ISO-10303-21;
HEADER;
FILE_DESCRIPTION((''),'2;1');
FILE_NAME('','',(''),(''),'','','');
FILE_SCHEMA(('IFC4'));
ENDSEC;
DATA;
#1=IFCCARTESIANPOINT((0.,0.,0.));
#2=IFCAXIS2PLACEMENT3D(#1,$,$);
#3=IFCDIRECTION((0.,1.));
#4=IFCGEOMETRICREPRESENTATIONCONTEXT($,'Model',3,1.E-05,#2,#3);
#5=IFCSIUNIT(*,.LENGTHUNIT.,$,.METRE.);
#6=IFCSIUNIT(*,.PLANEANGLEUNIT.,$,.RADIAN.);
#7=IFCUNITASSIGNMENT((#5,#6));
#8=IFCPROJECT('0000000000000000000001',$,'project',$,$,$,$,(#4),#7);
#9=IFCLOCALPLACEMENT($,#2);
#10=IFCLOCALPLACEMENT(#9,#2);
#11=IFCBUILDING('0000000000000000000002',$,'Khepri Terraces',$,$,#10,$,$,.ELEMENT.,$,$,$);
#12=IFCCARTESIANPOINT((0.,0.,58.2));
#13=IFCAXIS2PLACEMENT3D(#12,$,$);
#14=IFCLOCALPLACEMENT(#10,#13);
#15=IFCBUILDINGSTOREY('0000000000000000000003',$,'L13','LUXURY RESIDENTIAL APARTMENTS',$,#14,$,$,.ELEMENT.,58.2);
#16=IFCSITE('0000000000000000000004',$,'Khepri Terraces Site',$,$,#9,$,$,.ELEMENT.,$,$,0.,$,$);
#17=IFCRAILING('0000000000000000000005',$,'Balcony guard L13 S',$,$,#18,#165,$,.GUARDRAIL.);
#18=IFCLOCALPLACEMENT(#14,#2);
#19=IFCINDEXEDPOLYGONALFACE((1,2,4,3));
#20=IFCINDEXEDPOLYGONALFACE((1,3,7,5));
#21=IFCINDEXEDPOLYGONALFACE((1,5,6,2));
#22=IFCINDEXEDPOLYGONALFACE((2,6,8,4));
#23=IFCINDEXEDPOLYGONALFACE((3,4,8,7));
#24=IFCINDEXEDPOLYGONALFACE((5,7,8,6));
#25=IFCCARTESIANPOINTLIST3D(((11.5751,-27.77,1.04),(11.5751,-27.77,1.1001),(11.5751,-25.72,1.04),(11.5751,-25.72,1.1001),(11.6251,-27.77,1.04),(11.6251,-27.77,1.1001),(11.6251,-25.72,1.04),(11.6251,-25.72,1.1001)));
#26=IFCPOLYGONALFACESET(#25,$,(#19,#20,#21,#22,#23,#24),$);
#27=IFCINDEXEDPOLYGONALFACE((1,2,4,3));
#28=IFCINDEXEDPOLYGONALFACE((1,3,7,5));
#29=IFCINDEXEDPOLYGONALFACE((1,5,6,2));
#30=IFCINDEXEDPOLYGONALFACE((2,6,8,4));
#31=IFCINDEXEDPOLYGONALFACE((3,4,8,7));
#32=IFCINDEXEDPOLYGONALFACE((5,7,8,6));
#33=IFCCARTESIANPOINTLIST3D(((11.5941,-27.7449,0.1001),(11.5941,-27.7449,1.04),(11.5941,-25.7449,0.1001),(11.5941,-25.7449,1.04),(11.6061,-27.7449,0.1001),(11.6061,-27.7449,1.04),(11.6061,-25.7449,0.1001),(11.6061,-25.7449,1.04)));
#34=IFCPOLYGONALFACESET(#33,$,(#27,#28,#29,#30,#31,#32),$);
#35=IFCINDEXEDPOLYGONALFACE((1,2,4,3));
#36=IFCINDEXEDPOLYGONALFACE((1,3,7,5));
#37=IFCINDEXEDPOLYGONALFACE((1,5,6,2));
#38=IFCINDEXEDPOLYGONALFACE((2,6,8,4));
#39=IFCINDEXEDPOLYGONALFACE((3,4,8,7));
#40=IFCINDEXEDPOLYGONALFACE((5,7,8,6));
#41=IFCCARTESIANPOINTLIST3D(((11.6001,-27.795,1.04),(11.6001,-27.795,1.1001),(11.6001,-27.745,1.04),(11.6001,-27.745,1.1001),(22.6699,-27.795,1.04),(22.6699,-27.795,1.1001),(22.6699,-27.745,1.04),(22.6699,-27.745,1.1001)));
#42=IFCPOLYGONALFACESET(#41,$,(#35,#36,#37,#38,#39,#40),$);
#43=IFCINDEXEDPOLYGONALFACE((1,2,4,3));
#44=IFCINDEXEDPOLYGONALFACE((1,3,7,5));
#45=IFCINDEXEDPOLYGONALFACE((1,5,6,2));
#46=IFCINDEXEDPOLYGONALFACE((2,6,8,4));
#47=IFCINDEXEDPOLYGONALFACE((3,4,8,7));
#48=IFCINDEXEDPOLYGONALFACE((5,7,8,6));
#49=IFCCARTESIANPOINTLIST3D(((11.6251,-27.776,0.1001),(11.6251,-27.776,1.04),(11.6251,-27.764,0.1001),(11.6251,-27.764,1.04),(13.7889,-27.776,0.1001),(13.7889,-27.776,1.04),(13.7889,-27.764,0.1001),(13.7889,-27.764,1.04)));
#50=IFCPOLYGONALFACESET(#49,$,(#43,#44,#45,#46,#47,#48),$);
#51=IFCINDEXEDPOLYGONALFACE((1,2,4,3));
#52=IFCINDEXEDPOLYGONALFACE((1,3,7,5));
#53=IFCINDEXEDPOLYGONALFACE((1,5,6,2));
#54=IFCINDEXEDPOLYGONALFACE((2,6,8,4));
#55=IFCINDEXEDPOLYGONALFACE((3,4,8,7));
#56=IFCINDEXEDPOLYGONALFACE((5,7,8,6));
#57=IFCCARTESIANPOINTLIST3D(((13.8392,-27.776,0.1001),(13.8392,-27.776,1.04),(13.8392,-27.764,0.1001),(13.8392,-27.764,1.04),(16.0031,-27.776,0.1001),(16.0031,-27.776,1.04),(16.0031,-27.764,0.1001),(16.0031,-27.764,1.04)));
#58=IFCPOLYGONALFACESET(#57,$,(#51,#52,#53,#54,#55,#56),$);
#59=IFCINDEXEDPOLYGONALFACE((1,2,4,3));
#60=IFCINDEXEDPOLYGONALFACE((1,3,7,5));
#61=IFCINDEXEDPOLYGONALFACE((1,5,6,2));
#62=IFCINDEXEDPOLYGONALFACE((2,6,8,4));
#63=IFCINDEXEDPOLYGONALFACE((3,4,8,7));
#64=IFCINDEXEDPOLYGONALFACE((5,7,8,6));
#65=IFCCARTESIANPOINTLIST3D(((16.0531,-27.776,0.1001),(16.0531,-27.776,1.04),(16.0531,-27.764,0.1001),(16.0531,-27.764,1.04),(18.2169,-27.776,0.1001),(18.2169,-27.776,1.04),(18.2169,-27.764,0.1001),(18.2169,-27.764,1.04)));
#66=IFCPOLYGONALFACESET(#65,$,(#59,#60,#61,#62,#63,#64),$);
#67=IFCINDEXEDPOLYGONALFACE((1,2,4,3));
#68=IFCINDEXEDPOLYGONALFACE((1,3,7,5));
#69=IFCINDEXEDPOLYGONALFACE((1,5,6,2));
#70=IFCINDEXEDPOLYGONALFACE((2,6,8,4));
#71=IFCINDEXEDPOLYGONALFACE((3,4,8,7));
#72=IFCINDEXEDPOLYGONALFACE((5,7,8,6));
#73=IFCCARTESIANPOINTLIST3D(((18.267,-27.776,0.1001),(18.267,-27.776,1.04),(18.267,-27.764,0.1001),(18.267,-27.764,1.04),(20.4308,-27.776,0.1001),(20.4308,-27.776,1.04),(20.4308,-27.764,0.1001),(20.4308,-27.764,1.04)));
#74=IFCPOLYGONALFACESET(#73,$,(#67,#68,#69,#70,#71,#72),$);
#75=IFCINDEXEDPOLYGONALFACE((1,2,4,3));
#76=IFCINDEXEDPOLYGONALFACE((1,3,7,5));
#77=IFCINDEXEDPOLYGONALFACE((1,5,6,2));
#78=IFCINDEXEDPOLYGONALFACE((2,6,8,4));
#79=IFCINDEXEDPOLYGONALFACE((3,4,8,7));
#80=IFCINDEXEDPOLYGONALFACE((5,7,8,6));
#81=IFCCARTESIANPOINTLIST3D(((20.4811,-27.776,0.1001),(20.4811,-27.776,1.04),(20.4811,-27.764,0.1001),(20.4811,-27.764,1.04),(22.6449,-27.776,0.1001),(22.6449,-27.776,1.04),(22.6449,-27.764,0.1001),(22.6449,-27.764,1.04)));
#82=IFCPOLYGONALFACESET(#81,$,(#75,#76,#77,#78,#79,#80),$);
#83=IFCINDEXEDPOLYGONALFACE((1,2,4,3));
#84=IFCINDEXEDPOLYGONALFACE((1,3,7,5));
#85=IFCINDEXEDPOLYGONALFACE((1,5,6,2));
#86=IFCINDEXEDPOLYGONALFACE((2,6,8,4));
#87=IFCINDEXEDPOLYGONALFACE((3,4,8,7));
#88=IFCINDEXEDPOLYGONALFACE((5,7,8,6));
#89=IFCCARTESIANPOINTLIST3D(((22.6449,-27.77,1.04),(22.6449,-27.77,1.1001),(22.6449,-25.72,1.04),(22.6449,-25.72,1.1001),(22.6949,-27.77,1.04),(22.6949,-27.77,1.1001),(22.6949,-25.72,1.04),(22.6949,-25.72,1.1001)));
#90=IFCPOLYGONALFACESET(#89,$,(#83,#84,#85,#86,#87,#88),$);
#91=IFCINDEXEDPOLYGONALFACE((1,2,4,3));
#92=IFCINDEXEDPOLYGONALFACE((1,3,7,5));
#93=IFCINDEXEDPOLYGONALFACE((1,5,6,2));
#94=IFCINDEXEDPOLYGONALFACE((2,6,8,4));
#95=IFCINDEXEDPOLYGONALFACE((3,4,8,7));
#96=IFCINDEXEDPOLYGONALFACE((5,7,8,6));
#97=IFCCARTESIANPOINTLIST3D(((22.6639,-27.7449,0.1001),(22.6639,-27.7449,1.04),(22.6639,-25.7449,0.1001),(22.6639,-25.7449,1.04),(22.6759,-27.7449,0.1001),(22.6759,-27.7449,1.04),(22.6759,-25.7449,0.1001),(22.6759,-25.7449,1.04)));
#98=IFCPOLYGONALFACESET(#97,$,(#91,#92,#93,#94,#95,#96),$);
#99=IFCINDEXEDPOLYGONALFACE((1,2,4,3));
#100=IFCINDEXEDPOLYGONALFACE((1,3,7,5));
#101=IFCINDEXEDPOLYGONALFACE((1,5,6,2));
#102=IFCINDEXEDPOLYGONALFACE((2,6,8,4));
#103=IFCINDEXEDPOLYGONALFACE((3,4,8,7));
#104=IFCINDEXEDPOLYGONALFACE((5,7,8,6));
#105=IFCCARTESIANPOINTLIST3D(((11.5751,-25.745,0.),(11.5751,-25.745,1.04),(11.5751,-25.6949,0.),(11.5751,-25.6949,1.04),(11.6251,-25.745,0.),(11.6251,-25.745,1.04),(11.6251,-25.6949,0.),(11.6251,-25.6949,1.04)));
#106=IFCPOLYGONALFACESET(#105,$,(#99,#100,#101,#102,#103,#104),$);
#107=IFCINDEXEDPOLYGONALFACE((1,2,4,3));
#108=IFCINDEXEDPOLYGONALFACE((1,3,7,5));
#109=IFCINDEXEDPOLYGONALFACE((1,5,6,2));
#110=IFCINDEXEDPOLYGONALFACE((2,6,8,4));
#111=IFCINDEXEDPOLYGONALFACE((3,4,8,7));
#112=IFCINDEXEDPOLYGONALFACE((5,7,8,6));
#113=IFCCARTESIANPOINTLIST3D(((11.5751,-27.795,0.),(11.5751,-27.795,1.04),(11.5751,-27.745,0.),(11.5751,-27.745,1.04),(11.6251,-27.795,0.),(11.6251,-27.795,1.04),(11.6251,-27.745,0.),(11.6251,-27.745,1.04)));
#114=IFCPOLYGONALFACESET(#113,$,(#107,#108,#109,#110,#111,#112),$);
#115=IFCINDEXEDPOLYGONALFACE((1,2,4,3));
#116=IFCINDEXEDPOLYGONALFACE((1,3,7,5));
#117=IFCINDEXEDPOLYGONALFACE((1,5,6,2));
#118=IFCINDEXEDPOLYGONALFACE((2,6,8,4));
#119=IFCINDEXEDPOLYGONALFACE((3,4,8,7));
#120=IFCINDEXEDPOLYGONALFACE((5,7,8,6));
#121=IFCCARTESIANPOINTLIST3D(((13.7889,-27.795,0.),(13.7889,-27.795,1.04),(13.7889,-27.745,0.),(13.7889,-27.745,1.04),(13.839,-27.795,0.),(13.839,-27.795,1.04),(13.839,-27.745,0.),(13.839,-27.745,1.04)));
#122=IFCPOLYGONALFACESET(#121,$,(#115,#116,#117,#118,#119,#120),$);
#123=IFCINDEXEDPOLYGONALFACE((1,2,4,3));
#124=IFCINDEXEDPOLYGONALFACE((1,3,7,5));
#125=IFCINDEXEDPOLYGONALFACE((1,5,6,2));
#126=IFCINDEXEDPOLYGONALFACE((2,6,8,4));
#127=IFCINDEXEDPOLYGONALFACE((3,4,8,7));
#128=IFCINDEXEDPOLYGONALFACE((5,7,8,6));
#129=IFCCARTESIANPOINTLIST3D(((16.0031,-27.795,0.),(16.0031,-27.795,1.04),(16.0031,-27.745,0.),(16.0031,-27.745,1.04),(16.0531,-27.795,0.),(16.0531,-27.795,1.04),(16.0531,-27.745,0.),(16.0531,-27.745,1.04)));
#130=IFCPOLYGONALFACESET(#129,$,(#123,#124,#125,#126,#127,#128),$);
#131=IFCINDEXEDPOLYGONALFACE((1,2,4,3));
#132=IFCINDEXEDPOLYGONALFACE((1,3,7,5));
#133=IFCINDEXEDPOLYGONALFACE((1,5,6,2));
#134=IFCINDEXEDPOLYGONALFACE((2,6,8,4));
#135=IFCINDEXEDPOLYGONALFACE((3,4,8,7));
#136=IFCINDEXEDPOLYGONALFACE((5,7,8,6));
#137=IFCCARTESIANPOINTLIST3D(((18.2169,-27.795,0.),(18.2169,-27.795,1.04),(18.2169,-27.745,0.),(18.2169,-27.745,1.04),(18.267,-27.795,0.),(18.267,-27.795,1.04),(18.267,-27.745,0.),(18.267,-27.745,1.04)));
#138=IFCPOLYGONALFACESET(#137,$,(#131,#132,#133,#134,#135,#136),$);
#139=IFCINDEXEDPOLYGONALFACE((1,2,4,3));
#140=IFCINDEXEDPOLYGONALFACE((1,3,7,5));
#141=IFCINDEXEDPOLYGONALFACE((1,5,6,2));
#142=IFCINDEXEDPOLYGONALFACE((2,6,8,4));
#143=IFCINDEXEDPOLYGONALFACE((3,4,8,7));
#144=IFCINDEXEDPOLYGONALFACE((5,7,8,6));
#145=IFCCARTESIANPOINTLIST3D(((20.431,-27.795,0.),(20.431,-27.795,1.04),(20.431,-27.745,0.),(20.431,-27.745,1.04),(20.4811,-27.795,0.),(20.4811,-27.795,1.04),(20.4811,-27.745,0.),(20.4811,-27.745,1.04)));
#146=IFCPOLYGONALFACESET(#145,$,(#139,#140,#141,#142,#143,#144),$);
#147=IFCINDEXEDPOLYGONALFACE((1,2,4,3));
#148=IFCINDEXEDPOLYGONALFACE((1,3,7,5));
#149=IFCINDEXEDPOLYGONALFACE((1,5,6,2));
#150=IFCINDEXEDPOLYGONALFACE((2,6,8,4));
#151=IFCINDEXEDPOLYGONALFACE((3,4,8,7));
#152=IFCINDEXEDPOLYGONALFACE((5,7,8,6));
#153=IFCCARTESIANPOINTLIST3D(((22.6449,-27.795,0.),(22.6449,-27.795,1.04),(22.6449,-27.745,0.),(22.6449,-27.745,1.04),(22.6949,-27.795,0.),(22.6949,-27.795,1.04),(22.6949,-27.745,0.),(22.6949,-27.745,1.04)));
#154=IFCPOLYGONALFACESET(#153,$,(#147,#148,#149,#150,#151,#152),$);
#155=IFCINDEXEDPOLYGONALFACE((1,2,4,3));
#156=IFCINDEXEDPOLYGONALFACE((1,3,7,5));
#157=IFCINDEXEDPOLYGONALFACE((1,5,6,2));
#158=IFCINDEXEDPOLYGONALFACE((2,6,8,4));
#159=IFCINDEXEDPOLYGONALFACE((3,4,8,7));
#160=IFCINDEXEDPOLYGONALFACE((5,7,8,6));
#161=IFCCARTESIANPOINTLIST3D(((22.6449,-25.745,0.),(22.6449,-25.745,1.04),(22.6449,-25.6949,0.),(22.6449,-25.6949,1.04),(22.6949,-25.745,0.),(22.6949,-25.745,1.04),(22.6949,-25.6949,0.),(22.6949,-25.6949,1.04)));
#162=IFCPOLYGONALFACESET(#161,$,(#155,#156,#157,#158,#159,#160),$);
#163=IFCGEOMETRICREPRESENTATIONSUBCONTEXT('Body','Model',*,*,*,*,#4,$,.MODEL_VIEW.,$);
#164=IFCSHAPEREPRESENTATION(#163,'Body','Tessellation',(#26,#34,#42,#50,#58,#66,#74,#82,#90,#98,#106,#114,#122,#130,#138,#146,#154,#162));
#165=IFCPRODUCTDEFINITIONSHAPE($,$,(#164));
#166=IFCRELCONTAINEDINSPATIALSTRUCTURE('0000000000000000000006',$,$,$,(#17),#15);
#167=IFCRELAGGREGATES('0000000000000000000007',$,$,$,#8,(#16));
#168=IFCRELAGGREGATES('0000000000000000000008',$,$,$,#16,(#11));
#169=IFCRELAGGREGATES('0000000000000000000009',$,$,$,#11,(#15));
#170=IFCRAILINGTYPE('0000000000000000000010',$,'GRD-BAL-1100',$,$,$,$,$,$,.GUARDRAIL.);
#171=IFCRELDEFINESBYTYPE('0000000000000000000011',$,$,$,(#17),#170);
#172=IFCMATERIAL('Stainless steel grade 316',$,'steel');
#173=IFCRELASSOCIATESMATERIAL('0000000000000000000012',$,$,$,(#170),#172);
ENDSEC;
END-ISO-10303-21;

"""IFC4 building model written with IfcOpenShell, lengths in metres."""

from ifc_helpers import new_model, si_unit, direction, frame, origin, origin_2d, place, context, subcontext, project, spatial, rectangle, extrude, material, type_object, element, save


model = new_model("IFC4")

# Units and contexts
model_context = context("Model", 3, precision=1e-05, world=origin(), true_north=direction((0.0, 1.0)))
body_context = subcontext(model_context, "Body", "Model", "MODEL_VIEW")
ifc_project = project(units=[si_unit("LENGTHUNIT", "METRE"), si_unit("PLANEANGLEUNIT", "RADIAN")], contexts=[model_context])

# Site, building, storey
site_placement = place(None, origin())
site = spatial("IfcSite", under=ifc_project, at=site_placement, Name="Khepri Terraces Site", CompositionType="ELEMENT", RefElevation=0.0)
building_placement = place(site_placement, origin())
building = spatial("IfcBuilding", under=site, at=building_placement, Name="Khepri Terraces", CompositionType="ELEMENT")
storey_placement = place(building_placement, frame((0.0, 0.0, 58.2)))
storey = spatial("IfcBuildingStorey", under=building, at=storey_placement, Name="L13", Description="LUXURY RESIDENTIAL APARTMENTS", CompositionType="ELEMENT", Elevation=58.2)

# Railing
ifc_material_1 = material(Name="Stainless steel grade 316", Category="steel")
railing_type_1 = type_object("IfcRailingType", Name="GRD-BAL-1100", PredefinedType="GUARDRAIL", material=ifc_material_1)
railing_1_placement = place(storey_placement, frame((11.6001, -25.72, 0.0)))
element("IfcRailing", 1, at=railing_1_placement, inside=storey, type_object=railing_type_1, Name="Balcony guard L13 S", PredefinedType="GUARDRAIL", context=body_context, shape_type="SweptSolid", body=[
    extrude(rectangle(XDim=0.05, YDim=0.0601, at=origin_2d()), frame((0.0, 0.0, 1.0701), z_axis=(0.0, -1.0, 0.0), x_axis=(1.0, 0.0, 0.0)), (0.0, 0.0, 1.0), 2.05),
    extrude(rectangle(XDim=2.0, YDim=0.012, at=origin_2d()), frame((0.0, -1.0249, 0.1001), z_axis=(0.0, 0.0, 1.0), x_axis=(0.0, -1.0, 0.0)), (0.0, 0.0, 1.0), 0.9399),
    extrude(rectangle(XDim=0.05, YDim=0.0601, at=origin_2d()), frame((0.0, -2.05, 1.0701), z_axis=(1.0, 0.0, 0.0), x_axis=(0.0, 1.0, 0.0)), (0.0, 0.0, 1.0), 11.0698),
    extrude(rectangle(XDim=2.1638, YDim=0.012, at=origin_2d()), frame((1.1069, -2.05, 0.1001), z_axis=(0.0, 0.0, 1.0), x_axis=(1.0, 0.0, 0.0)), (0.0, 0.0, 1.0), 0.9399),
    extrude(rectangle(XDim=2.1638, YDim=0.012, at=origin_2d()), frame((3.321, -2.05, 0.1001), z_axis=(0.0, 0.0, 1.0), x_axis=(1.0, 0.0, 0.0)), (0.0, 0.0, 1.0), 0.9399),
    extrude(rectangle(XDim=2.1638, YDim=0.012, at=origin_2d()), frame((5.5349, -2.05, 0.1001), z_axis=(0.0, 0.0, 1.0), x_axis=(1.0, 0.0, 0.0)), (0.0, 0.0, 1.0), 0.9399),
    extrude(rectangle(XDim=2.1638, YDim=0.012, at=origin_2d()), frame((7.7488, -2.05, 0.1001), z_axis=(0.0, 0.0, 1.0), x_axis=(1.0, 0.0, 0.0)), (0.0, 0.0, 1.0), 0.9399),
    extrude(rectangle(XDim=2.1638, YDim=0.012, at=origin_2d()), frame((9.9629, -2.05, 0.1001), z_axis=(0.0, 0.0, 1.0), x_axis=(1.0, 0.0, 0.0)), (0.0, 0.0, 1.0), 0.9399),
    extrude(rectangle(XDim=0.05, YDim=0.0601, at=origin_2d()), frame((11.0698, -2.05, 1.0701), z_axis=(0.0, 1.0, 0.0), x_axis=(-1.0, 0.0, 0.0)), (0.0, 0.0, 1.0), 2.05),
    extrude(rectangle(XDim=2.0, YDim=0.012, at=origin_2d()), frame((11.0698, -1.0249, 0.1001), z_axis=(0.0, 0.0, 1.0), x_axis=(0.0, 1.0, 0.0)), (0.0, 0.0, 1.0), 0.9399),
    extrude(rectangle(XDim=0.05, YDim=0.05, at=origin_2d()), origin(), (0.0, 0.0, 1.0), 1.04),
    extrude(rectangle(XDim=0.05, YDim=0.05, at=origin_2d()), frame((0.0, -2.05, 0.0)), (0.0, 0.0, 1.0), 1.04),
    extrude(rectangle(XDim=0.05, YDim=0.05, at=origin_2d()), frame((2.2139, -2.05, 0.0)), (0.0, 0.0, 1.0), 1.04),
    extrude(rectangle(XDim=0.05, YDim=0.05, at=origin_2d()), frame((4.428, -2.05, 0.0)), (0.0, 0.0, 1.0), 1.04),
    extrude(rectangle(XDim=0.05, YDim=0.05, at=origin_2d()), frame((6.6418, -2.05, 0.0)), (0.0, 0.0, 1.0), 1.04),
    extrude(rectangle(XDim=0.05, YDim=0.05, at=origin_2d()), frame((8.856, -2.05, 0.0)), (0.0, 0.0, 1.0), 1.04),
    extrude(rectangle(XDim=0.05, YDim=0.05, at=origin_2d()), frame((11.0698, -2.05, 0.0)), (0.0, 0.0, 1.0), 1.04),
    extrude(rectangle(XDim=0.05, YDim=0.05, at=origin_2d()), frame((11.0698, 0.0, 0.0)), (0.0, 0.0, 1.0), 1.04),
])

save(model, "model.ifc")
